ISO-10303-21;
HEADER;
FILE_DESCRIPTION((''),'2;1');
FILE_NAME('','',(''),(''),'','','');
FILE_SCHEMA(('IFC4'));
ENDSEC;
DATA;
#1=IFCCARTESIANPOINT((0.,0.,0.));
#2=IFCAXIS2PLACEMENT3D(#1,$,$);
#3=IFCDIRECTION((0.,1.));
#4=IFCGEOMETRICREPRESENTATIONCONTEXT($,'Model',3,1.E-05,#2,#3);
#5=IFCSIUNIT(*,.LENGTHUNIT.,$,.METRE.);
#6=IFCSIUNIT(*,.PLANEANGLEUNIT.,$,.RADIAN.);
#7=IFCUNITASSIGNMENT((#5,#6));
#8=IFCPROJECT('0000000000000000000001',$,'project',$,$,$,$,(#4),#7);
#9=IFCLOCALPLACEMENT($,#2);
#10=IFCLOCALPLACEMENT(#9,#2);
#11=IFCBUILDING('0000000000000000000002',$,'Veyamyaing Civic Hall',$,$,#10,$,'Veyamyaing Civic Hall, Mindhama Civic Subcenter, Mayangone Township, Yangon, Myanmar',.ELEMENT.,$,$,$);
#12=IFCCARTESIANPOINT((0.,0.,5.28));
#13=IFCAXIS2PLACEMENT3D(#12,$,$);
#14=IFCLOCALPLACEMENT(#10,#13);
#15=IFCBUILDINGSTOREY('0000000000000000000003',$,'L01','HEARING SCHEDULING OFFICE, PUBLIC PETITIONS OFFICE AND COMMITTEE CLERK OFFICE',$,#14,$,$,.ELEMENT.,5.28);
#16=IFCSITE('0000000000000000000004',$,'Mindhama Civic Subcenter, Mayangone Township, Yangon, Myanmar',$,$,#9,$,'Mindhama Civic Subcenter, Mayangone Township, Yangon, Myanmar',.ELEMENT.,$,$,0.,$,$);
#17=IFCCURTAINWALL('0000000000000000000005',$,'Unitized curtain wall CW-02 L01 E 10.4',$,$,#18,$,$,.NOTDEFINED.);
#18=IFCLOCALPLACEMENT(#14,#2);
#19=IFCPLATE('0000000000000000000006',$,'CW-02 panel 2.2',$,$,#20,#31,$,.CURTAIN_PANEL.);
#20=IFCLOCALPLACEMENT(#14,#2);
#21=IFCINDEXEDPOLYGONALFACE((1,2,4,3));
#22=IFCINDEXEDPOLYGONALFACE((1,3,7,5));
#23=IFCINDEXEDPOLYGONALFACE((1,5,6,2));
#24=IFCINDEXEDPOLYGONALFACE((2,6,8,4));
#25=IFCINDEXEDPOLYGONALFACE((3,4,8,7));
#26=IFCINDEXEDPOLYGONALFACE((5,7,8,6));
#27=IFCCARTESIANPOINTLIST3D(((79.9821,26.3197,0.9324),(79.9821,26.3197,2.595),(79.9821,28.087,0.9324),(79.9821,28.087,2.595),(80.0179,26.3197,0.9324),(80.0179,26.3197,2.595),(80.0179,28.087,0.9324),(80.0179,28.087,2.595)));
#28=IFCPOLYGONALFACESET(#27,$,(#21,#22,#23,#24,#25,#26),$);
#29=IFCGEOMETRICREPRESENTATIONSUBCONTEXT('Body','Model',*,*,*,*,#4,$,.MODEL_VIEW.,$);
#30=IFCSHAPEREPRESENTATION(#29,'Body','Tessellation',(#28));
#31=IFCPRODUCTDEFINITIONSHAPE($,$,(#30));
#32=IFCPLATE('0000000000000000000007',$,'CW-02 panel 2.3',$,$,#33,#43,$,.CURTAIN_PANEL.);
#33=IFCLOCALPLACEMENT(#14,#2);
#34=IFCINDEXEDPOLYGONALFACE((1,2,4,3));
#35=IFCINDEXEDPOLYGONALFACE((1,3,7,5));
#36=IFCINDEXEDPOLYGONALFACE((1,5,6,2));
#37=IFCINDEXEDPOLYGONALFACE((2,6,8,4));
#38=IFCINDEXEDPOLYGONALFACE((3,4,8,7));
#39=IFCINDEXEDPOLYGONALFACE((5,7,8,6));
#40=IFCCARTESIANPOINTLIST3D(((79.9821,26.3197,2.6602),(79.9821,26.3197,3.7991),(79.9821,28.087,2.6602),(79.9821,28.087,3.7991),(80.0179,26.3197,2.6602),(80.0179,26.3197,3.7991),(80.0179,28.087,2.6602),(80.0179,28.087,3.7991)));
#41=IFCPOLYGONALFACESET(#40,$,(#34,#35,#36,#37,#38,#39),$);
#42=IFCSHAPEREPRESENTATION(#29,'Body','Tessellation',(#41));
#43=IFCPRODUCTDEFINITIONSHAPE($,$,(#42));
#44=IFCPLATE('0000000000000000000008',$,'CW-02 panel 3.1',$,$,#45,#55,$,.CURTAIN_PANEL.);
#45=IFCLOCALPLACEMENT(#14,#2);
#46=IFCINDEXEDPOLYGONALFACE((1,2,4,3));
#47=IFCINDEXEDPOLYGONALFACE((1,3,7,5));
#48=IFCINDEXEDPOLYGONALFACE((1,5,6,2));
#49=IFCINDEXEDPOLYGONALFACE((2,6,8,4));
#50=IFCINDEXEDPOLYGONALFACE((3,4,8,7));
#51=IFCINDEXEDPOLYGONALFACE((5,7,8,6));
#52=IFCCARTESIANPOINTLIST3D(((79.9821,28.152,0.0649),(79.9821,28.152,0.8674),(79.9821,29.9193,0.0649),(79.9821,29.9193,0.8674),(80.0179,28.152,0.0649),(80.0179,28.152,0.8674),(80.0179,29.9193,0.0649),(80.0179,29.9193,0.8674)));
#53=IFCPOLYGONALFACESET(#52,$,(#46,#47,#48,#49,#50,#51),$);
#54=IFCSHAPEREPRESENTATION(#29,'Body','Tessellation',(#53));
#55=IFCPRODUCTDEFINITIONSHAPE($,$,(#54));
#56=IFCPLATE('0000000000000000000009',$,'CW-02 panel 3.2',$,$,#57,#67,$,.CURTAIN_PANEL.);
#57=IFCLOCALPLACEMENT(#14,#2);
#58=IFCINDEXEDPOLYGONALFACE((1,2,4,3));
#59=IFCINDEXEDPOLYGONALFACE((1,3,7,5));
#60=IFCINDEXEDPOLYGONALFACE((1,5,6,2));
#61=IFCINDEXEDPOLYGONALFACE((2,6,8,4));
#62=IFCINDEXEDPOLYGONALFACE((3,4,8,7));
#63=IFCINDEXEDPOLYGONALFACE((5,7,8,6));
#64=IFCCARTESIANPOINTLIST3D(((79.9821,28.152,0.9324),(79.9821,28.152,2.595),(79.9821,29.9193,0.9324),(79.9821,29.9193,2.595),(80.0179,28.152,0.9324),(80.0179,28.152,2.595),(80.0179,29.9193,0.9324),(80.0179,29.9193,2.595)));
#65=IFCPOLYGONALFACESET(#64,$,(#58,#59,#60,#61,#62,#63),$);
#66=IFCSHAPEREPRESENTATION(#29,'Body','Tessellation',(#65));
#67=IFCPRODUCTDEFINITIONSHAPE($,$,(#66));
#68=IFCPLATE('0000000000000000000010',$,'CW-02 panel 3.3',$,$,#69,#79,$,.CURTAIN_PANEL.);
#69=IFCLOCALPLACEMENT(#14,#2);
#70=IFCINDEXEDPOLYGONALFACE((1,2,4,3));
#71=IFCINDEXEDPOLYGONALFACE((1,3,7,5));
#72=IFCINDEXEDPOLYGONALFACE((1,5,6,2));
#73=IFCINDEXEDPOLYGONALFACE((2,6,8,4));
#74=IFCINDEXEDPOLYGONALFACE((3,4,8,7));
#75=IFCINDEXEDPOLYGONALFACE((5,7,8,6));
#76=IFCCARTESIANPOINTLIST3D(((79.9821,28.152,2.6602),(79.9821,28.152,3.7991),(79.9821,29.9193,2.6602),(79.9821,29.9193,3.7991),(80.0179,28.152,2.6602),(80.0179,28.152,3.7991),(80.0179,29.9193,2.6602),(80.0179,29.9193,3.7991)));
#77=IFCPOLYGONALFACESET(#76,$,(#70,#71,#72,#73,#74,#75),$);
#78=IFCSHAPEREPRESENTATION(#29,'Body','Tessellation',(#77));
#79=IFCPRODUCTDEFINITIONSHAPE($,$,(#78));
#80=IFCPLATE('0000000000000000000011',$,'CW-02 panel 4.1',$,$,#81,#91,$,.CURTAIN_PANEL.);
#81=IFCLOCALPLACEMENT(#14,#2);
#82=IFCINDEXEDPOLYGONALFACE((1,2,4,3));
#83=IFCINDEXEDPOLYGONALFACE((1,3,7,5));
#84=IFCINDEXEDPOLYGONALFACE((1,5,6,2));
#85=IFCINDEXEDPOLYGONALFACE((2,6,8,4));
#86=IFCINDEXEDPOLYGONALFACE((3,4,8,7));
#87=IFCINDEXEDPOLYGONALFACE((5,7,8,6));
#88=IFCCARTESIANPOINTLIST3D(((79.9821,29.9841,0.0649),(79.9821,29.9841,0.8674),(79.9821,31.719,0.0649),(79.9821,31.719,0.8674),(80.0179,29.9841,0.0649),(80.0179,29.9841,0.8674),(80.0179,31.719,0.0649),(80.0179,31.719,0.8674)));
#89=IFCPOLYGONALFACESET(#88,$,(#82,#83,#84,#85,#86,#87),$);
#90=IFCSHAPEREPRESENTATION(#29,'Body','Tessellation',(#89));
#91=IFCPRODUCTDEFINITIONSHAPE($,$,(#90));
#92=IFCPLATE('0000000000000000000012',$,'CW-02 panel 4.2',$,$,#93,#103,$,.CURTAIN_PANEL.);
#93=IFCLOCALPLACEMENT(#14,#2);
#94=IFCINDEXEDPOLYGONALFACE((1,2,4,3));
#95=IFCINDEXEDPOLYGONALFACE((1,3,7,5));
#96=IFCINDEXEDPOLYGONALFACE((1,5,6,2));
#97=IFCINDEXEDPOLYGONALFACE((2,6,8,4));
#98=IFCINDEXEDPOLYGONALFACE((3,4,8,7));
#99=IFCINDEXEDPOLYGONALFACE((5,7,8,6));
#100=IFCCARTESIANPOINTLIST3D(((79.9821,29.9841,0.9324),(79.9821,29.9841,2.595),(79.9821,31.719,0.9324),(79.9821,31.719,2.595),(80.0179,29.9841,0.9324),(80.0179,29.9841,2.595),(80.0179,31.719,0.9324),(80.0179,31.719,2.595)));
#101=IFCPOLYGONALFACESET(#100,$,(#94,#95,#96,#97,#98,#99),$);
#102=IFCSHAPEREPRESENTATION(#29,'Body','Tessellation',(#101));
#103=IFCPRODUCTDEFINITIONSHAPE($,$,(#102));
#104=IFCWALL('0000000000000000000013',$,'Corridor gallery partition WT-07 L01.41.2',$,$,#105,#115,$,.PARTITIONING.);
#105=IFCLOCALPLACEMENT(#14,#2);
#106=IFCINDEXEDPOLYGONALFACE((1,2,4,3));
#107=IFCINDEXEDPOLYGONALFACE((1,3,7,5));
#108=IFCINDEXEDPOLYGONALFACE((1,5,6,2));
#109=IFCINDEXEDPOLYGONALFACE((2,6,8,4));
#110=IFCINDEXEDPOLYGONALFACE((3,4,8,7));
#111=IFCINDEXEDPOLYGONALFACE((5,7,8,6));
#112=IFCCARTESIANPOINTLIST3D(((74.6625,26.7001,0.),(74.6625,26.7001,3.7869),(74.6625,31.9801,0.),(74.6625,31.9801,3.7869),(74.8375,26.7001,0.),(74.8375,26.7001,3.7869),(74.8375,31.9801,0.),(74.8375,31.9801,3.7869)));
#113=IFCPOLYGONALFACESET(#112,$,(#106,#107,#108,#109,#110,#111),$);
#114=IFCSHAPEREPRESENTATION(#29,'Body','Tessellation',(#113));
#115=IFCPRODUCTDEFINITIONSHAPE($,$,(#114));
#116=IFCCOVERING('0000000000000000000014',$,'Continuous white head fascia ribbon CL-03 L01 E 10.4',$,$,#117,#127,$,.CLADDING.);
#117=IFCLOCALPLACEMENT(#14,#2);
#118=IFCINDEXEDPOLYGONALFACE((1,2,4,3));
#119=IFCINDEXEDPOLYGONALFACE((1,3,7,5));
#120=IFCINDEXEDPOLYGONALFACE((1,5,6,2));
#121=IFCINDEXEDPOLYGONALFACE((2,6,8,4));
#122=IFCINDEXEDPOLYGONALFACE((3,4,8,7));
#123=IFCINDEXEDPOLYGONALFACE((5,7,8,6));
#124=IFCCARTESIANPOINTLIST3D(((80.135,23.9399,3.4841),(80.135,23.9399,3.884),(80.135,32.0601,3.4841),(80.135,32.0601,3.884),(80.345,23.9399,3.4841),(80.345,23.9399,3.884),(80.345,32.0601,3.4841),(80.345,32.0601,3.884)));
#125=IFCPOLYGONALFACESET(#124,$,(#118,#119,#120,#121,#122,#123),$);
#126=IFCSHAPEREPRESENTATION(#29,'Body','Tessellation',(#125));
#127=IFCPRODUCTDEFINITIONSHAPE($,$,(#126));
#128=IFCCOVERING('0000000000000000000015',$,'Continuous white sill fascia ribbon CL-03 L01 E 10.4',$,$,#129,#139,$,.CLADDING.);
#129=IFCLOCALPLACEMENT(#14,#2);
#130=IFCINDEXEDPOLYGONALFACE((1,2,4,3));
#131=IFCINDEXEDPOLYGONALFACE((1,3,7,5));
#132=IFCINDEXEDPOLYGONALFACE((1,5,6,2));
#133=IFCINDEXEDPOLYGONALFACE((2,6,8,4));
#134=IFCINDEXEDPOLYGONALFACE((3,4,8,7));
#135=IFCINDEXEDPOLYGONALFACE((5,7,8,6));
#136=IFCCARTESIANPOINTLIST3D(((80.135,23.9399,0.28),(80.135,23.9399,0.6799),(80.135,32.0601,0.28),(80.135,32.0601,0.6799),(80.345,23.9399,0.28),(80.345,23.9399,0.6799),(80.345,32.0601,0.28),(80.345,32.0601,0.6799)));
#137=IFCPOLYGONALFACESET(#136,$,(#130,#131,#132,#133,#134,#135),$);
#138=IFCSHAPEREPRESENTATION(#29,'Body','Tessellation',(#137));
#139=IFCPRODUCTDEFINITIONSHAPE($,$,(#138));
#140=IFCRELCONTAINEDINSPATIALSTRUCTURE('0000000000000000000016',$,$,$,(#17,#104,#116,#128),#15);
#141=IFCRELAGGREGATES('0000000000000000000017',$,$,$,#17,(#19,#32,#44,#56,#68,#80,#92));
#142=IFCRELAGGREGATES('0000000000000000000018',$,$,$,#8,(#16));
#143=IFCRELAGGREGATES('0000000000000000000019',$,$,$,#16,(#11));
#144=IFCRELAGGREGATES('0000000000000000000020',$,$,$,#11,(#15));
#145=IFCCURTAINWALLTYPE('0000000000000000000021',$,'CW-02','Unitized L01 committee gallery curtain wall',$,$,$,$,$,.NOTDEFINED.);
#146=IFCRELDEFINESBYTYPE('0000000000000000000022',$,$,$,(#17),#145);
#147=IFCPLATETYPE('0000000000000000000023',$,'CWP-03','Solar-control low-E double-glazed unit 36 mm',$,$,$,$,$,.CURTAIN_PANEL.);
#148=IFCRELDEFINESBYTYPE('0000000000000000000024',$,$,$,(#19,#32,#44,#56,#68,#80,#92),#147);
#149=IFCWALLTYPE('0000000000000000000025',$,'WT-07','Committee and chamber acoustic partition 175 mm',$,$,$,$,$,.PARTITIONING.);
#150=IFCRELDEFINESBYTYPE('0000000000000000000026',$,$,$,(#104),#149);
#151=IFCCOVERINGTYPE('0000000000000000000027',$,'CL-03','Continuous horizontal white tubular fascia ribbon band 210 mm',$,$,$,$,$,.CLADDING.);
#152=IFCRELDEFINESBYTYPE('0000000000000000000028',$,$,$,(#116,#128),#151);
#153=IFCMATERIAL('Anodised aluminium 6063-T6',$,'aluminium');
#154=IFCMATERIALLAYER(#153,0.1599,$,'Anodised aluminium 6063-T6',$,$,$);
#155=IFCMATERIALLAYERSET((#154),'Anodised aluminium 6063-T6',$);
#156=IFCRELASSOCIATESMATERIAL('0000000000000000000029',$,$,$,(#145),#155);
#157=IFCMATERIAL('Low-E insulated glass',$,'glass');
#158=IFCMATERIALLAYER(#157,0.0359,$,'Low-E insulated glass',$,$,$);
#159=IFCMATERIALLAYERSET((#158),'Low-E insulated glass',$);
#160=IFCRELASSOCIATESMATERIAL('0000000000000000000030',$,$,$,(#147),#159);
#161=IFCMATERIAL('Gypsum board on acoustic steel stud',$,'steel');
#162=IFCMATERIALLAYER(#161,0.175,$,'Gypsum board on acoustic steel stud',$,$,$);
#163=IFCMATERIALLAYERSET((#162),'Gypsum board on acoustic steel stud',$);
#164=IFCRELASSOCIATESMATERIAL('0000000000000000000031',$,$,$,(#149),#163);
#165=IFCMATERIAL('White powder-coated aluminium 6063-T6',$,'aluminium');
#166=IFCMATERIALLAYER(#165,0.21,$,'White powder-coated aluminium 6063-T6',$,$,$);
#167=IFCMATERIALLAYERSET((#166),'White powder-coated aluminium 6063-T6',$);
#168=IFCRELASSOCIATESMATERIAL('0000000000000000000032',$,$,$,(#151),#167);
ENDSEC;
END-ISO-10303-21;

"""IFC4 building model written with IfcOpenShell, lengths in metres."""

from ifc_helpers import new_model, si_unit, direction, frame, frame_2d, origin, origin_2d, place, context, subcontext, project, spatial, rectangle, extrude, material, layer, layer_set, type_object, element, aggregate, save


model = new_model("IFC4")

# Units and contexts
model_context = context("Model", 3, precision=1e-05, world=origin(), true_north=direction((0.0, 1.0)))
body_context = subcontext(model_context, "Body", "Model", "MODEL_VIEW")
ifc_project = project(units=[si_unit("LENGTHUNIT", "METRE"), si_unit("PLANEANGLEUNIT", "RADIAN")], contexts=[model_context])

# Site, building, storey
site_placement = place(None, origin())
site = spatial("IfcSite", under=ifc_project, at=site_placement, Name="Mindhama Civic Subcenter, Mayangone Township, Yangon, Myanmar", LongName="Mindhama Civic Subcenter, Mayangone Township, Yangon, Myanmar", CompositionType="ELEMENT", RefElevation=0.0)
building_placement = place(site_placement, origin())
building = spatial("IfcBuilding", under=site, at=building_placement, Name="Veyamyaing Civic Hall", LongName="Veyamyaing Civic Hall, Mindhama Civic Subcenter, Mayangone Township, Yangon, Myanmar", CompositionType="ELEMENT")
storey_placement = place(building_placement, frame((0.0, 0.0, 5.28)))
storey = spatial("IfcBuildingStorey", under=building, at=storey_placement, Name="L01", Description="HEARING SCHEDULING OFFICE, PUBLIC PETITIONS OFFICE AND COMMITTEE CLERK OFFICE", CompositionType="ELEMENT", Elevation=5.28)

# Curtain wall, plates
ifc_material_1 = material(Name="Anodised aluminium 6063-T6", Category="aluminium")
ifc_layer_1 = layer(ifc_material_1, 0.1599, Name="Anodised aluminium 6063-T6")
ifc_layer_set_1 = layer_set([ifc_layer_1], Name="Anodised aluminium 6063-T6")
curtain_wall_type = type_object("IfcCurtainWallType", Name="CW-02", Description="Unitized L01 committee gallery curtain wall", PredefinedType="NOTDEFINED", material=ifc_layer_set_1)
curtain_wall_placement = place(storey_placement, origin())
curtain_wall = element("IfcCurtainWall", 1, at=curtain_wall_placement, inside=storey, type_object=curtain_wall_type, Name="Unitized curtain wall CW-02 L01 E 10.4", PredefinedType="NOTDEFINED")
ifc_material_2 = material(Name="Low-E insulated glass", Category="glass")
ifc_layer_2 = layer(ifc_material_2, 0.0359, Name="Low-E insulated glass")
ifc_layer_set_2 = layer_set([ifc_layer_2], Name="Low-E insulated glass")
plate_type = type_object("IfcPlateType", Name="CWP-03", Description="Solar-control low-E double-glazed unit 36 mm", PredefinedType="CURTAIN_PANEL", material=ifc_layer_set_2)
plate_1_placement = place(storey_placement, frame((80.0, 27.2034, 0.9324), z_axis=(0.0, 0.0, 1.0), x_axis=(0.0, 1.0, 0.0)))
plate_1 = element("IfcPlate", 2, at=plate_1_placement, type_object=plate_type, Name="CW-02 panel 2.2", PredefinedType="CURTAIN_PANEL", context=body_context, shape_type="SweptSolid", body=[
    extrude(rectangle(XDim=1.7673, YDim=0.0359, at=origin_2d()), origin(), (0.0, 0.0, 1.0), 1.6626),
])
plate_2_placement = place(storey_placement, frame((80.0, 27.2034, 2.6602), z_axis=(0.0, 0.0, 1.0), x_axis=(0.0, 1.0, 0.0)))
plate_2 = element("IfcPlate", 3, at=plate_2_placement, type_object=plate_type, Name="CW-02 panel 2.3", PredefinedType="CURTAIN_PANEL", context=body_context, shape_type="SweptSolid", body=[
    extrude(rectangle(XDim=1.7673, YDim=0.0359, at=origin_2d()), origin(), (0.0, 0.0, 1.0), 1.1389),
])
plate_3_placement = place(storey_placement, frame((80.0, 29.0356, 0.0649), z_axis=(0.0, 0.0, 1.0), x_axis=(0.0, 1.0, 0.0)))
plate_3 = element("IfcPlate", 4, at=plate_3_placement, type_object=plate_type, Name="CW-02 panel 3.1", PredefinedType="CURTAIN_PANEL", context=body_context, shape_type="SweptSolid", body=[
    extrude(rectangle(XDim=1.7673, YDim=0.0359, at=origin_2d()), origin(), (0.0, 0.0, 1.0), 0.8025),
])
plate_4_placement = place(storey_placement, frame((80.0, 29.0356, 0.9324), z_axis=(0.0, 0.0, 1.0), x_axis=(0.0, 1.0, 0.0)))
plate_4 = element("IfcPlate", 5, at=plate_4_placement, type_object=plate_type, Name="CW-02 panel 3.2", PredefinedType="CURTAIN_PANEL", context=body_context, shape_type="SweptSolid", body=[
    extrude(rectangle(XDim=1.7673, YDim=0.0359, at=origin_2d()), origin(), (0.0, 0.0, 1.0), 1.6626),
])
plate_5_placement = place(storey_placement, frame((80.0, 29.0356, 2.6602), z_axis=(0.0, 0.0, 1.0), x_axis=(0.0, 1.0, 0.0)))
plate_5 = element("IfcPlate", 6, at=plate_5_placement, type_object=plate_type, Name="CW-02 panel 3.3", PredefinedType="CURTAIN_PANEL", context=body_context, shape_type="SweptSolid", body=[
    extrude(rectangle(XDim=1.7673, YDim=0.0359, at=origin_2d()), origin(), (0.0, 0.0, 1.0), 1.1389),
])
plate_6_placement = place(storey_placement, frame((80.0, 30.8516, 0.0649), z_axis=(0.0, 0.0, 1.0), x_axis=(0.0, 1.0, 0.0)))
plate_6 = element("IfcPlate", 7, at=plate_6_placement, type_object=plate_type, Name="CW-02 panel 4.1", PredefinedType="CURTAIN_PANEL", context=body_context, shape_type="SweptSolid", body=[
    extrude(rectangle(XDim=1.7349, YDim=0.0359, at=origin_2d()), origin(), (0.0, 0.0, 1.0), 0.8025),
])
plate_7_placement = place(storey_placement, frame((80.0, 30.8516, 0.9324), z_axis=(0.0, 0.0, 1.0), x_axis=(0.0, 1.0, 0.0)))
plate_7 = element("IfcPlate", 8, at=plate_7_placement, type_object=plate_type, Name="CW-02 panel 4.2", PredefinedType="CURTAIN_PANEL", context=body_context, shape_type="SweptSolid", body=[
    extrude(rectangle(XDim=1.7349, YDim=0.0359, at=origin_2d()), origin(), (0.0, 0.0, 1.0), 1.6626),
])
aggregate(curtain_wall, [plate_1, plate_2, plate_3, plate_4, plate_5, plate_6, plate_7])

# Wall
ifc_material_3 = material(Name="Gypsum board on acoustic steel stud", Category="steel")
ifc_layer_3 = layer(ifc_material_3, 0.175, Name="Gypsum board on acoustic steel stud")
ifc_layer_set_3 = layer_set([ifc_layer_3], Name="Gypsum board on acoustic steel stud")
wall_type = type_object("IfcWallType", Name="WT-07", Description="Committee and chamber acoustic partition 175 mm", PredefinedType="PARTITIONING", material=ifc_layer_set_3)
wall_placement = place(storey_placement, frame((74.75, 26.7, 0.0), z_axis=(0.0, 0.0, 1.0), x_axis=(0.0, 1.0, 0.0)))
element("IfcWall", 9, at=wall_placement, inside=storey, type_object=wall_type, Name="Corridor gallery partition WT-07 L01.41.2", PredefinedType="PARTITIONING", context=body_context, shape_type="SweptSolid", body=[
    extrude(rectangle(XDim=5.28, YDim=0.175, at=frame_2d((2.6401, 0.0))), origin(), (0.0, 0.0, 1.0), 3.7869),
])

# Coverings
ifc_material_4 = material(Name="White powder-coated aluminium 6063-T6", Category="aluminium")
ifc_layer_4 = layer(ifc_material_4, 0.21, Name="White powder-coated aluminium 6063-T6")
ifc_layer_set_4 = layer_set([ifc_layer_4], Name="White powder-coated aluminium 6063-T6")
covering_type = type_object("IfcCoveringType", Name="CL-03", Description="Continuous horizontal white tubular fascia ribbon band 210 mm", PredefinedType="CLADDING", material=ifc_layer_set_4)
for number, where, z_axis, x_axis, name in (
    (10, (80.24, 28.0, 3.4841), (0.0, 0.0, 1.0), (0.0, 1.0, 0.0), "Continuous white head fascia ribbon CL-03 L01 E 10.4"),
    (11, (80.24, 28.0, 0.28), (0.0, 0.0, 1.0), (0.0, 1.0, 0.0), "Continuous white sill fascia ribbon CL-03 L01 E 10.4"),
):
    element("IfcCovering", number, at=place(storey_placement, frame(where, z_axis=z_axis, x_axis=x_axis)), inside=storey, type_object=covering_type, Name=name, PredefinedType="CLADDING", context=body_context, shape_type="SweptSolid", body=[
        extrude(rectangle(XDim=8.1201, YDim=0.21, at=origin_2d()), origin(), (0.0, 0.0, 1.0), 0.3999),
    ])

save(model, "model.ifc")
